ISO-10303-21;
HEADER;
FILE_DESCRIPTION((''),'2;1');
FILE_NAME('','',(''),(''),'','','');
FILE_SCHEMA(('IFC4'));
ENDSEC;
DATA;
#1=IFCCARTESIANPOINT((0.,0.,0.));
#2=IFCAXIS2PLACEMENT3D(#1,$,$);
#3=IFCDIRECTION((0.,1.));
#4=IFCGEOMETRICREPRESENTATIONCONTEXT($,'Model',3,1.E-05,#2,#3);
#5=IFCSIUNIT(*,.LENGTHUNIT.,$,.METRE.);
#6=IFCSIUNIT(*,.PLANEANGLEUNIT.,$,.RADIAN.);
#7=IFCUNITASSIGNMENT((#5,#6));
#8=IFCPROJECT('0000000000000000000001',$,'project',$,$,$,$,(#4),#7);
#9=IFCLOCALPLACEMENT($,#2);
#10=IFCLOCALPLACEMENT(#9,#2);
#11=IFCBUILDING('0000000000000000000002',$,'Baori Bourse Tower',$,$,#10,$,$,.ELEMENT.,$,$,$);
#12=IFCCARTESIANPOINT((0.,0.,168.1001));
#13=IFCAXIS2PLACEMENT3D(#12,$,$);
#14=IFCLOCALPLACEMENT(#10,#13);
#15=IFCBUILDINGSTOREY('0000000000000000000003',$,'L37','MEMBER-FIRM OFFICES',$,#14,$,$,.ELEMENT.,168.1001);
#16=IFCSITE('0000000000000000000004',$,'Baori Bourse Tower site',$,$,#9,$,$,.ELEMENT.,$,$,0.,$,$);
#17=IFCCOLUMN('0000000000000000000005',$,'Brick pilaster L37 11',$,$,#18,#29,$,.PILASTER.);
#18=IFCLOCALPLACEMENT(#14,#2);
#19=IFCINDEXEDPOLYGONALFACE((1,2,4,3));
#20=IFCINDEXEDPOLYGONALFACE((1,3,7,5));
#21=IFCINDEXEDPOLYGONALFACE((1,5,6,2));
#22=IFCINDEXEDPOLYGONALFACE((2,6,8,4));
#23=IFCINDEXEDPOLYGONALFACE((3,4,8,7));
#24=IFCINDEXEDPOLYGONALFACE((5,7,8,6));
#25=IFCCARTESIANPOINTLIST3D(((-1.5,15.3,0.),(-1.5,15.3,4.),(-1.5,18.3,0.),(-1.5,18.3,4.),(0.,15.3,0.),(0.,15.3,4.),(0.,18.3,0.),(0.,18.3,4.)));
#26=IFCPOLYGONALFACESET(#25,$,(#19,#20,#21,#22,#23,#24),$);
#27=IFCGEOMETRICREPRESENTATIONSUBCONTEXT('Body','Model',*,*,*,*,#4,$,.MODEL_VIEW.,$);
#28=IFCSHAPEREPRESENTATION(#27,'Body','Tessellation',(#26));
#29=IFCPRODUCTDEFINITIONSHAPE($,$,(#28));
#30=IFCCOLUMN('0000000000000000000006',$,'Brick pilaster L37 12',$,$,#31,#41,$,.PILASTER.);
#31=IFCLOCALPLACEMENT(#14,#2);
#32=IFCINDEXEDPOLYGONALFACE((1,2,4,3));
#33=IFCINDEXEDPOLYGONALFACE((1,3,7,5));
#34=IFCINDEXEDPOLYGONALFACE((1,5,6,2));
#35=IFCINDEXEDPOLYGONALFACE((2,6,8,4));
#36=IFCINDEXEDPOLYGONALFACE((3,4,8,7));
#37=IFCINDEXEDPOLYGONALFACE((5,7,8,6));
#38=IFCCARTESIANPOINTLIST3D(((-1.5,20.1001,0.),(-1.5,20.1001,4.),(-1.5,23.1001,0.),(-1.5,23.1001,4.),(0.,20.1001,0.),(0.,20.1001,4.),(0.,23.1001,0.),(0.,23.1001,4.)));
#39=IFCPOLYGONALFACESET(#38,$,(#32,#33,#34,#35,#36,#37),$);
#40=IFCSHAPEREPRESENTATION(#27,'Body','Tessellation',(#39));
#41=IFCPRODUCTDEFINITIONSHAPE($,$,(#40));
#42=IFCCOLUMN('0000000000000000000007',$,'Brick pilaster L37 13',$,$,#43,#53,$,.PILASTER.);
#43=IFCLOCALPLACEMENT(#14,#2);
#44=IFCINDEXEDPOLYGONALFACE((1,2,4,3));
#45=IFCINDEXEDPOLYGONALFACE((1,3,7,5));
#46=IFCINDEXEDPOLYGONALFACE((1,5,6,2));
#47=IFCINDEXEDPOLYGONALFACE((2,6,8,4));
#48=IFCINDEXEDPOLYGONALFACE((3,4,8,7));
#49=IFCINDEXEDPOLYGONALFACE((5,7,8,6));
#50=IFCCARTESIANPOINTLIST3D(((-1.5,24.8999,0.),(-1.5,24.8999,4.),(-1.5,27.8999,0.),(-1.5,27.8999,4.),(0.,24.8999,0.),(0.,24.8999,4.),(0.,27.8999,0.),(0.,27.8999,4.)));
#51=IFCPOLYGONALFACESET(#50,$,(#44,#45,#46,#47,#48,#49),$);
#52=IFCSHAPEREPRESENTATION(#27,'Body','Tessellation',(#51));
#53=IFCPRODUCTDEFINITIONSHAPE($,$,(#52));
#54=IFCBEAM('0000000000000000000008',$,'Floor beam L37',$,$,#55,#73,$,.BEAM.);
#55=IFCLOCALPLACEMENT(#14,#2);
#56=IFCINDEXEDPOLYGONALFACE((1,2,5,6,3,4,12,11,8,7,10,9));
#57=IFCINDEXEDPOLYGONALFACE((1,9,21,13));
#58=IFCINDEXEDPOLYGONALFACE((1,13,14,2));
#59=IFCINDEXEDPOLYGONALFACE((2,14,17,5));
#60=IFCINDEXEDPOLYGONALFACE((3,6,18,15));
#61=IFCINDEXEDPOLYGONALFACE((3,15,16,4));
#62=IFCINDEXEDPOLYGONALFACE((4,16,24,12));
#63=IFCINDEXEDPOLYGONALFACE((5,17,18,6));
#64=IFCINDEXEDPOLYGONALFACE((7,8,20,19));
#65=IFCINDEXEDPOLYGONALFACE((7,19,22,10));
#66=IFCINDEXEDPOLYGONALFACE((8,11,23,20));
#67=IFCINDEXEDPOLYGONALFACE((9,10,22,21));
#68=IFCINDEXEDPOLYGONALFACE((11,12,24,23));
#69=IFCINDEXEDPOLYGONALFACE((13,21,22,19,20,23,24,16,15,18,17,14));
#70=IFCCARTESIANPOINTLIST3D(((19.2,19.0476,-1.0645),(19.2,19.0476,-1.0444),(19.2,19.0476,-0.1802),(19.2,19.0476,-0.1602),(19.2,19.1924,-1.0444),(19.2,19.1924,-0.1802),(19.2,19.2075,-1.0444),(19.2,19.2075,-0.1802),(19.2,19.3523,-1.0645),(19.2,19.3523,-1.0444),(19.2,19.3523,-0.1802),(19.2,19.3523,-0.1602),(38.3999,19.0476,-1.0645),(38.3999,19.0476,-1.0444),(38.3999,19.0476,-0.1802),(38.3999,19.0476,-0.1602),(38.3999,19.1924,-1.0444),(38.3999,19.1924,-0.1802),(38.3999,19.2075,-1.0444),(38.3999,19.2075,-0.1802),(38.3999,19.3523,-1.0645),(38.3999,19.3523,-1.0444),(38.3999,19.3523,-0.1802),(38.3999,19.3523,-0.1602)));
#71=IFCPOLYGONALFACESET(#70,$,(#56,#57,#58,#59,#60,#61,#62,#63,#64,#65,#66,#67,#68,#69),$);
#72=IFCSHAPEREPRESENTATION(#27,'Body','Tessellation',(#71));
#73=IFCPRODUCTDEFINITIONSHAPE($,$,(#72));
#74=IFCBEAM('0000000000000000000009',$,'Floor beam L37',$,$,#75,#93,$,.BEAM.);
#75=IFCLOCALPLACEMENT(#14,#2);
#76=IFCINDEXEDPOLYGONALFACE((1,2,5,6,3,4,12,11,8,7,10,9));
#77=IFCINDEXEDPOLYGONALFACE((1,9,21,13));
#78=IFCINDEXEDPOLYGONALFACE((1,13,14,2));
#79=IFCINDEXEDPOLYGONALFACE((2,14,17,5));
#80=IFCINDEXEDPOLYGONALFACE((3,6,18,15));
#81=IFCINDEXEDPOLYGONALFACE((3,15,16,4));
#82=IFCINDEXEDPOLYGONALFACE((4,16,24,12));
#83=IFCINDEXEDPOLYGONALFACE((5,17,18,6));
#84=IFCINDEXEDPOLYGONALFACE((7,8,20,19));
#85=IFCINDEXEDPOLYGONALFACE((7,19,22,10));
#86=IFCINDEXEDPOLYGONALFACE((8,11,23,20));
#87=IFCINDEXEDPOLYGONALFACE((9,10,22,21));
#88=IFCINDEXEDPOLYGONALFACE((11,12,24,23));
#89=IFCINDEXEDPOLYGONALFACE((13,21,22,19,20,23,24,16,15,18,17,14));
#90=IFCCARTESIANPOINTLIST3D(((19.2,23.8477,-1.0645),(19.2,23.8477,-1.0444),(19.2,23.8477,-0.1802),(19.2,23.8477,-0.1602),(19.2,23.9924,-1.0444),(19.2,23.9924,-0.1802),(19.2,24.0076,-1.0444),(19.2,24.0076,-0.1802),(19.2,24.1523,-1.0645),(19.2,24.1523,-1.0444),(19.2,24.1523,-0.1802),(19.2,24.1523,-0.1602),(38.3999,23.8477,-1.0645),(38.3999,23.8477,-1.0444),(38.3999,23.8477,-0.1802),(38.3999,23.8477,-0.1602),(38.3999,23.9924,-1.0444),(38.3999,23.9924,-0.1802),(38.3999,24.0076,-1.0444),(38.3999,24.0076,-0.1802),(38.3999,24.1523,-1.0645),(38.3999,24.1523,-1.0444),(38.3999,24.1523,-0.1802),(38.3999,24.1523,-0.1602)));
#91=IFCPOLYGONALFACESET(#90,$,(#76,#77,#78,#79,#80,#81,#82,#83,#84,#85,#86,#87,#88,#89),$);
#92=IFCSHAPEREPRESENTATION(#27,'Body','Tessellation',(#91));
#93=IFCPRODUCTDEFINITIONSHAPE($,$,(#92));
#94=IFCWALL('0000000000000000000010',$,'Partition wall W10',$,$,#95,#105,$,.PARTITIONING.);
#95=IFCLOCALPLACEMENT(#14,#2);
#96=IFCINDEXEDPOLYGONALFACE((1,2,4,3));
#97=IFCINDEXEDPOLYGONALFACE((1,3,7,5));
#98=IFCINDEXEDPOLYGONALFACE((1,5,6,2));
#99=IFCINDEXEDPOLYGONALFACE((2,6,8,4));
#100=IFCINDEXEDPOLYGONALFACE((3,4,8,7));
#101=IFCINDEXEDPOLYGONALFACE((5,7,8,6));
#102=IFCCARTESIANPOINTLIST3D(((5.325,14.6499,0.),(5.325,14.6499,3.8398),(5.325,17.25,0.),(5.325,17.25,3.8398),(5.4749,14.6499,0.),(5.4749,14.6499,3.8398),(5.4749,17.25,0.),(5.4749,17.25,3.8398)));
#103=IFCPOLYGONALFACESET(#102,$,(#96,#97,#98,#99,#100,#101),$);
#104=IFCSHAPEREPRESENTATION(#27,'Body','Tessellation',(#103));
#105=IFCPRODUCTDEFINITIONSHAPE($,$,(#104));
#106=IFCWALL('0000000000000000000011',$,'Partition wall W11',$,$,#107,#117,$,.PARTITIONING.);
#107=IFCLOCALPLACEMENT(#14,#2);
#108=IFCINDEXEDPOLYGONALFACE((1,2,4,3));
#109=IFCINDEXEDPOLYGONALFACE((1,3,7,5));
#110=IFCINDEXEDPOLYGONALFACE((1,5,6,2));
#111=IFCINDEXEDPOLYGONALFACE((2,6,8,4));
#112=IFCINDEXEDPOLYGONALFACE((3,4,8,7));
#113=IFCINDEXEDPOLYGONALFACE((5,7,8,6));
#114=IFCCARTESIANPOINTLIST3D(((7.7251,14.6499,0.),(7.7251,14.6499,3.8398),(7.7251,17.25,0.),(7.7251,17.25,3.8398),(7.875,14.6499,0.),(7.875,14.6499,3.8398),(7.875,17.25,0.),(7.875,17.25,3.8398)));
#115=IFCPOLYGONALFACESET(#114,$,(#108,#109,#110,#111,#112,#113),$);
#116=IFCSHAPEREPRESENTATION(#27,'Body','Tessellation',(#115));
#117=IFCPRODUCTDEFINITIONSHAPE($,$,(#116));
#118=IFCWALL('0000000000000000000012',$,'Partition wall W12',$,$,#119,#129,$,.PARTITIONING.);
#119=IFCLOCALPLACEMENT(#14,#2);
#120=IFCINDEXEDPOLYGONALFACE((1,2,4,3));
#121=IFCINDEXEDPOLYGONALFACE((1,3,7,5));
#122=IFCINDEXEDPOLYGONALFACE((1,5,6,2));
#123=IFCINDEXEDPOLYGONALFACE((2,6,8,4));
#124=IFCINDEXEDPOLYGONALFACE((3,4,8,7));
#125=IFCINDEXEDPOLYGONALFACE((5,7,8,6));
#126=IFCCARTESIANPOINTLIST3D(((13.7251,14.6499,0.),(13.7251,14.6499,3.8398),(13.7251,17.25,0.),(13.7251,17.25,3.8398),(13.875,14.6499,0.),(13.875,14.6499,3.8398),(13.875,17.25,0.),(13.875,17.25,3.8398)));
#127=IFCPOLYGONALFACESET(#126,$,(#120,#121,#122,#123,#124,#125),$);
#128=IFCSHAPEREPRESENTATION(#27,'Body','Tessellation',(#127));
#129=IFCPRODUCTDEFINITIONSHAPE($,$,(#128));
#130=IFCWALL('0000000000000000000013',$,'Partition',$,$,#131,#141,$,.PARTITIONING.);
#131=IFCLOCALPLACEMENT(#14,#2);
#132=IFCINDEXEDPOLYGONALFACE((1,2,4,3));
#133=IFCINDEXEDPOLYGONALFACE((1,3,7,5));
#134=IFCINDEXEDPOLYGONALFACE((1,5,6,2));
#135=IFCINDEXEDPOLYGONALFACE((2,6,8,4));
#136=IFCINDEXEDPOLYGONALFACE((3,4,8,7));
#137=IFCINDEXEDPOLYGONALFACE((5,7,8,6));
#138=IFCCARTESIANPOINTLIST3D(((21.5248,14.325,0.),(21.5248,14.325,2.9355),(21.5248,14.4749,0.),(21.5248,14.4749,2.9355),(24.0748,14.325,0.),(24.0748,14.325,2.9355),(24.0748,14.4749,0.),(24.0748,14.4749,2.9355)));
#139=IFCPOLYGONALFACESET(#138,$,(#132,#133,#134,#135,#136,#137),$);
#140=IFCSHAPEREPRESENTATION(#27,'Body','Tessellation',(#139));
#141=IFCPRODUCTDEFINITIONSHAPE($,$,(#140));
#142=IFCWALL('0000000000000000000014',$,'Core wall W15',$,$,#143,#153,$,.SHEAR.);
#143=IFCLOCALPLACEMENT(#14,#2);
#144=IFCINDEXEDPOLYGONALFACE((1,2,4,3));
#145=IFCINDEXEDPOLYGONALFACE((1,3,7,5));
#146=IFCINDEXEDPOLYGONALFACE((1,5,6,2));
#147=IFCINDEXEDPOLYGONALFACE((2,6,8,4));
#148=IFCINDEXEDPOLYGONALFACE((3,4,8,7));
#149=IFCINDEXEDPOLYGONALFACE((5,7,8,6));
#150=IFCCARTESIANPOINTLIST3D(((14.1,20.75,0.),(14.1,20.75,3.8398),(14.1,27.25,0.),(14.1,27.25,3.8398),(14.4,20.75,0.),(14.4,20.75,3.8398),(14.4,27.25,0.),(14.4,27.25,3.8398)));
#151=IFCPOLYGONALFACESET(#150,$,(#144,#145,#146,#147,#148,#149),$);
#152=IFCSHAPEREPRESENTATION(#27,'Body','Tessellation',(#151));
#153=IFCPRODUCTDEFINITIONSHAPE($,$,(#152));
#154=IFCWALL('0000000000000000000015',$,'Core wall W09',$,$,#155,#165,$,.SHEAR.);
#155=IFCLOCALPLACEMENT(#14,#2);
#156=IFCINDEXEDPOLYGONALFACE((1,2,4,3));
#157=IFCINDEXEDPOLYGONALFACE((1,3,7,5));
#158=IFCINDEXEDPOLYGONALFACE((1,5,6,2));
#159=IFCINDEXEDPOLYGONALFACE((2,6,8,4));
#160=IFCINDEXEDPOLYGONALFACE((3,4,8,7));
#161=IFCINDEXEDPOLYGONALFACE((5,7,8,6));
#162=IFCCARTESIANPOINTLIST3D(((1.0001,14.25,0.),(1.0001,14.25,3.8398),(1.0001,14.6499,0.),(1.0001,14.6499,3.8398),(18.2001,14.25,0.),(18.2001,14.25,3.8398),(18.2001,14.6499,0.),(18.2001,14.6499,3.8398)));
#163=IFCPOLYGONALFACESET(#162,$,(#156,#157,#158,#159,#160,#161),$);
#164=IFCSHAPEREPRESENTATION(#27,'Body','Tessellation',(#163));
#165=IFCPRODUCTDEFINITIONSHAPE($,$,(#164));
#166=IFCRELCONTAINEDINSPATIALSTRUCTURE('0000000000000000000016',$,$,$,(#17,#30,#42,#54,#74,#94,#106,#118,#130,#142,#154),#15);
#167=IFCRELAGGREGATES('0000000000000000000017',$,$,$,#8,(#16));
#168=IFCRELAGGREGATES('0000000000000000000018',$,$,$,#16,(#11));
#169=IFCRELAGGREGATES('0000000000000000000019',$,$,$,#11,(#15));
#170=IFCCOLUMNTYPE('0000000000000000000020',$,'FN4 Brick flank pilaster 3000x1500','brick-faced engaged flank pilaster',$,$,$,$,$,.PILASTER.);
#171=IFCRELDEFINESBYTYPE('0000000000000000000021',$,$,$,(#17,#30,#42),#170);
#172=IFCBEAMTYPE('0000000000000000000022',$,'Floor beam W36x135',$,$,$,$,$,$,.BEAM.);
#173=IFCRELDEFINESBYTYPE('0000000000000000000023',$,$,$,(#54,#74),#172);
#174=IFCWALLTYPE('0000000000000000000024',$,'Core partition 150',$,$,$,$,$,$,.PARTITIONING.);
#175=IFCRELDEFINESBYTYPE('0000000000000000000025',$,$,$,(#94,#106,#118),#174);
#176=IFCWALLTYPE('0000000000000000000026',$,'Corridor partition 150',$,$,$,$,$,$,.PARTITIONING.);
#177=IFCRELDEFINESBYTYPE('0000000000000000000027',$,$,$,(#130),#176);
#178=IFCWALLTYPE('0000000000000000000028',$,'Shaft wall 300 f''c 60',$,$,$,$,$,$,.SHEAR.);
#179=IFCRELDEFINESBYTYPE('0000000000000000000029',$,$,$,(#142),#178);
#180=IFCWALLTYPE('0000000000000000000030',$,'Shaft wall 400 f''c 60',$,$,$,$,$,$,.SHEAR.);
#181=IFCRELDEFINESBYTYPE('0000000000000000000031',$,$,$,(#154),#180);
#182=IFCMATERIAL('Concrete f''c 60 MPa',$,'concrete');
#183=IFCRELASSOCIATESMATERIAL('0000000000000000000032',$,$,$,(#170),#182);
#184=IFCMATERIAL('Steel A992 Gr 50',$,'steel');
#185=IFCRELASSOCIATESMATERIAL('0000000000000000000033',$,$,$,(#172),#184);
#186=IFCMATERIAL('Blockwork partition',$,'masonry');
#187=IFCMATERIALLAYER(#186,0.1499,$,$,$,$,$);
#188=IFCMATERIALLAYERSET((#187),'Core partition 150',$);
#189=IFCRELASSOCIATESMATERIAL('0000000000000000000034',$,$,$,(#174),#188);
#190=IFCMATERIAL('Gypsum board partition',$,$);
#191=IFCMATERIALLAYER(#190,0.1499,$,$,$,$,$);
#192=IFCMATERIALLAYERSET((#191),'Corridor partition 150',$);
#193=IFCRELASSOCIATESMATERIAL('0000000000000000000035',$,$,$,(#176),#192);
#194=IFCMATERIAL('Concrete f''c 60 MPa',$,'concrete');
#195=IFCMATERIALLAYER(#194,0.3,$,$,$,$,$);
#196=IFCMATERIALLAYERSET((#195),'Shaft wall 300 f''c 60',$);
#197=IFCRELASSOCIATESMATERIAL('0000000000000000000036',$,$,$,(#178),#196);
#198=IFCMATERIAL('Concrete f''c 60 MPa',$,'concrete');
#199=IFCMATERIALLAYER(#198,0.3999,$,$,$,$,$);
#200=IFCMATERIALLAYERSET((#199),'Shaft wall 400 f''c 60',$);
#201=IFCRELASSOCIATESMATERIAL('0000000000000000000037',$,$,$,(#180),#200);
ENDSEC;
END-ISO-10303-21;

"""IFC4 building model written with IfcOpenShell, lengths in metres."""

from ifc_helpers import new_model, si_unit, direction, frame, frame_2d, origin, origin_2d, place, context, subcontext, project, spatial, rectangle, i_section, extrude, material, layer, layer_set, material_profile, profile_set, type_object, element, save


model = new_model("IFC4")

# Units and contexts
model_context = context("Model", 3, precision=1e-05, world=origin(), true_north=direction((0.0, 1.0)))
body_context = subcontext(model_context, "Body", "Model", "MODEL_VIEW")
ifc_project = project(units=[si_unit("LENGTHUNIT", "METRE"), si_unit("PLANEANGLEUNIT", "RADIAN")], contexts=[model_context])

# Site, building, storey
site_placement = place(None, origin())
site = spatial("IfcSite", under=ifc_project, at=site_placement, Name="Baori Bourse Tower site", CompositionType="ELEMENT", RefElevation=0.0)
building_placement = place(site_placement, origin())
building = spatial("IfcBuilding", under=site, at=building_placement, Name="Baori Bourse Tower", CompositionType="ELEMENT")
storey_placement = place(building_placement, frame((0.0, 0.0, 168.1001)))
storey = spatial("IfcBuildingStorey", under=building, at=storey_placement, Name="L37", Description="MEMBER-FIRM OFFICES", CompositionType="ELEMENT", Elevation=168.1001)

# Columns
ifc_material_1 = material(Name="Concrete f'c 60 MPa", Category="concrete")
ifc_material_profile_1 = material_profile(ifc_material_1, rectangle(XDim=3.0, YDim=1.5, at=origin_2d()), Name="RC 3000x1500")
ifc_profile_set_1 = profile_set([ifc_material_profile_1], Name="Concrete f'c 60 MPa")
column_type = type_object("IfcColumnType", Name="FN4 Brick flank pilaster 3000x1500", Description="brick-faced engaged flank pilaster", PredefinedType="PILASTER", material=ifc_profile_set_1)
for number, where, z_axis, x_axis, name in (
    (1, (-0.75, 16.8, 0.0), (0.0, 0.0, 1.0), (0.0, 1.0, 0.0), "Brick pilaster L37 11"),
    (2, (-0.75, 21.6001, 0.0), (0.0, 0.0, 1.0), (0.0, 1.0, 0.0), "Brick pilaster L37 12"),
    (3, (-0.75, 26.3999, 0.0), (0.0, 0.0, 1.0), (0.0, 1.0, 0.0), "Brick pilaster L37 13"),
):
    element("IfcColumn", number, at=place(storey_placement, frame(where, z_axis=z_axis, x_axis=x_axis)), inside=storey, type_object=column_type, Name=name, PredefinedType="PILASTER", context=body_context, shape_type="SweptSolid", body=[
        extrude(rectangle(XDim=3.0, YDim=1.5, at=origin_2d()), origin(), (0.0, 0.0, 1.0), 4.0),
    ])

# Beams
ifc_material_2 = material(Name="Steel A992 Gr 50", Category="steel")
ifc_material_profile_2 = material_profile(ifc_material_2, i_section(OverallWidth=0.3047, OverallDepth=0.9043, WebThickness=0.0151, FlangeThickness=0.02, at=origin_2d()), Name="W36x135")
ifc_profile_set_2 = profile_set([ifc_material_profile_2], Name="Steel A992 Gr 50")
beam_type = type_object("IfcBeamType", Name="Floor beam W36x135", PredefinedType="BEAM", material=ifc_profile_set_2)
for number, where, z_axis, x_axis, name in (
    (4, (19.2, 19.2, -0.6123), (1.0, 0.0, 0.0), (0.0, 1.0, 0.0), "Floor beam L37"),
    (5, (19.2, 24.0, -0.6123), (1.0, 0.0, 0.0), (0.0, 1.0, 0.0), "Floor beam L37"),
):
    element("IfcBeam", number, at=place(storey_placement, frame(where, z_axis=z_axis, x_axis=x_axis)), inside=storey, type_object=beam_type, Name=name, PredefinedType="BEAM", context=body_context, shape_type="SweptSolid", body=[
        extrude(i_section(OverallWidth=0.3047, OverallDepth=0.9043, WebThickness=0.0151, FlangeThickness=0.02, at=origin_2d()), origin(), (0.0, 0.0, 1.0), 19.2),
    ])

# Walls
ifc_material_3 = material(Name="Blockwork partition", Category="masonry")
ifc_layer_1 = layer(ifc_material_3, 0.1499)
ifc_layer_set_1 = layer_set([ifc_layer_1], Name="Core partition 150")
wall_type_1 = type_object("IfcWallType", Name="Core partition 150", PredefinedType="PARTITIONING", material=ifc_layer_set_1)
for number, where, z_axis, x_axis, name in (
    (6, (5.3999, 14.6499, 0.0), (0.0, 0.0, 1.0), (0.0, 1.0, 0.0), "Partition wall W10"),
    (7, (7.8, 14.6499, 0.0), (0.0, 0.0, 1.0), (0.0, 1.0, 0.0), "Partition wall W11"),
    (8, (13.8, 14.6499, 0.0), (0.0, 0.0, 1.0), (0.0, 1.0, 0.0), "Partition wall W12"),
):
    element("IfcWall", number, at=place(storey_placement, frame(where, z_axis=z_axis, x_axis=x_axis)), inside=storey, type_object=wall_type_1, Name=name, PredefinedType="PARTITIONING", context=body_context, shape_type="SweptSolid", body=[
        extrude(rectangle(XDim=2.6001, YDim=0.1499, at=frame_2d((1.3, 0.0))), origin(), (0.0, 0.0, 1.0), 3.8398),
    ])
ifc_material_4 = material(Name="Gypsum board partition")
ifc_layer_2 = layer(ifc_material_4, 0.1499)
ifc_layer_set_2 = layer_set([ifc_layer_2], Name="Corridor partition 150")
wall_type_2 = type_object("IfcWallType", Name="Corridor partition 150", PredefinedType="PARTITIONING", material=ifc_layer_set_2)
wall_1_placement = place(storey_placement, frame((21.5249, 14.3999, 0.0), z_axis=(0.0, 0.0, 1.0), x_axis=(1.0, 0.0, 0.0)))
element("IfcWall", 9, at=wall_1_placement, inside=storey, type_object=wall_type_2, Name="Partition", PredefinedType="PARTITIONING", context=body_context, shape_type="SweptSolid", body=[
    extrude(rectangle(XDim=2.55, YDim=0.1499, at=frame_2d((1.2749, 0.0))), origin(), (0.0, 0.0, 1.0), 2.9355),
])
ifc_material_5 = material(Name="Concrete f'c 60 MPa", Category="concrete")
ifc_layer_3 = layer(ifc_material_5, 0.3)
ifc_layer_set_3 = layer_set([ifc_layer_3], Name="Shaft wall 300 f'c 60")
wall_type_3 = type_object("IfcWallType", Name="Shaft wall 300 f'c 60", PredefinedType="SHEAR", material=ifc_layer_set_3)
wall_2_placement = place(storey_placement, frame((14.25, 20.75, 0.0), z_axis=(0.0, 0.0, 1.0), x_axis=(0.0, 1.0, 0.0)))
element("IfcWall", 10, at=wall_2_placement, inside=storey, type_object=wall_type_3, Name="Core wall W15", PredefinedType="SHEAR", context=body_context, shape_type="SweptSolid", body=[
    extrude(rectangle(XDim=6.5, YDim=0.3, at=frame_2d((3.25, 0.0))), origin(), (0.0, 0.0, 1.0), 3.8398),
])
ifc_material_6 = material(Name="Concrete f'c 60 MPa", Category="concrete")
ifc_layer_4 = layer(ifc_material_6, 0.3999)
ifc_layer_set_4 = layer_set([ifc_layer_4], Name="Shaft wall 400 f'c 60")
wall_type_4 = type_object("IfcWallType", Name="Shaft wall 400 f'c 60", PredefinedType="SHEAR", material=ifc_layer_set_4)
wall_3_placement = place(storey_placement, frame((1.0, 14.45, 0.0), z_axis=(0.0, 0.0, 1.0), x_axis=(1.0, 0.0, 0.0)))
element("IfcWall", 11, at=wall_3_placement, inside=storey, type_object=wall_type_4, Name="Core wall W09", PredefinedType="SHEAR", context=body_context, shape_type="SweptSolid", body=[
    extrude(rectangle(XDim=17.2, YDim=0.3999, at=frame_2d((8.6001, 0.0))), origin(), (0.0, 0.0, 1.0), 3.8398),
])

save(model, "model.ifc")
